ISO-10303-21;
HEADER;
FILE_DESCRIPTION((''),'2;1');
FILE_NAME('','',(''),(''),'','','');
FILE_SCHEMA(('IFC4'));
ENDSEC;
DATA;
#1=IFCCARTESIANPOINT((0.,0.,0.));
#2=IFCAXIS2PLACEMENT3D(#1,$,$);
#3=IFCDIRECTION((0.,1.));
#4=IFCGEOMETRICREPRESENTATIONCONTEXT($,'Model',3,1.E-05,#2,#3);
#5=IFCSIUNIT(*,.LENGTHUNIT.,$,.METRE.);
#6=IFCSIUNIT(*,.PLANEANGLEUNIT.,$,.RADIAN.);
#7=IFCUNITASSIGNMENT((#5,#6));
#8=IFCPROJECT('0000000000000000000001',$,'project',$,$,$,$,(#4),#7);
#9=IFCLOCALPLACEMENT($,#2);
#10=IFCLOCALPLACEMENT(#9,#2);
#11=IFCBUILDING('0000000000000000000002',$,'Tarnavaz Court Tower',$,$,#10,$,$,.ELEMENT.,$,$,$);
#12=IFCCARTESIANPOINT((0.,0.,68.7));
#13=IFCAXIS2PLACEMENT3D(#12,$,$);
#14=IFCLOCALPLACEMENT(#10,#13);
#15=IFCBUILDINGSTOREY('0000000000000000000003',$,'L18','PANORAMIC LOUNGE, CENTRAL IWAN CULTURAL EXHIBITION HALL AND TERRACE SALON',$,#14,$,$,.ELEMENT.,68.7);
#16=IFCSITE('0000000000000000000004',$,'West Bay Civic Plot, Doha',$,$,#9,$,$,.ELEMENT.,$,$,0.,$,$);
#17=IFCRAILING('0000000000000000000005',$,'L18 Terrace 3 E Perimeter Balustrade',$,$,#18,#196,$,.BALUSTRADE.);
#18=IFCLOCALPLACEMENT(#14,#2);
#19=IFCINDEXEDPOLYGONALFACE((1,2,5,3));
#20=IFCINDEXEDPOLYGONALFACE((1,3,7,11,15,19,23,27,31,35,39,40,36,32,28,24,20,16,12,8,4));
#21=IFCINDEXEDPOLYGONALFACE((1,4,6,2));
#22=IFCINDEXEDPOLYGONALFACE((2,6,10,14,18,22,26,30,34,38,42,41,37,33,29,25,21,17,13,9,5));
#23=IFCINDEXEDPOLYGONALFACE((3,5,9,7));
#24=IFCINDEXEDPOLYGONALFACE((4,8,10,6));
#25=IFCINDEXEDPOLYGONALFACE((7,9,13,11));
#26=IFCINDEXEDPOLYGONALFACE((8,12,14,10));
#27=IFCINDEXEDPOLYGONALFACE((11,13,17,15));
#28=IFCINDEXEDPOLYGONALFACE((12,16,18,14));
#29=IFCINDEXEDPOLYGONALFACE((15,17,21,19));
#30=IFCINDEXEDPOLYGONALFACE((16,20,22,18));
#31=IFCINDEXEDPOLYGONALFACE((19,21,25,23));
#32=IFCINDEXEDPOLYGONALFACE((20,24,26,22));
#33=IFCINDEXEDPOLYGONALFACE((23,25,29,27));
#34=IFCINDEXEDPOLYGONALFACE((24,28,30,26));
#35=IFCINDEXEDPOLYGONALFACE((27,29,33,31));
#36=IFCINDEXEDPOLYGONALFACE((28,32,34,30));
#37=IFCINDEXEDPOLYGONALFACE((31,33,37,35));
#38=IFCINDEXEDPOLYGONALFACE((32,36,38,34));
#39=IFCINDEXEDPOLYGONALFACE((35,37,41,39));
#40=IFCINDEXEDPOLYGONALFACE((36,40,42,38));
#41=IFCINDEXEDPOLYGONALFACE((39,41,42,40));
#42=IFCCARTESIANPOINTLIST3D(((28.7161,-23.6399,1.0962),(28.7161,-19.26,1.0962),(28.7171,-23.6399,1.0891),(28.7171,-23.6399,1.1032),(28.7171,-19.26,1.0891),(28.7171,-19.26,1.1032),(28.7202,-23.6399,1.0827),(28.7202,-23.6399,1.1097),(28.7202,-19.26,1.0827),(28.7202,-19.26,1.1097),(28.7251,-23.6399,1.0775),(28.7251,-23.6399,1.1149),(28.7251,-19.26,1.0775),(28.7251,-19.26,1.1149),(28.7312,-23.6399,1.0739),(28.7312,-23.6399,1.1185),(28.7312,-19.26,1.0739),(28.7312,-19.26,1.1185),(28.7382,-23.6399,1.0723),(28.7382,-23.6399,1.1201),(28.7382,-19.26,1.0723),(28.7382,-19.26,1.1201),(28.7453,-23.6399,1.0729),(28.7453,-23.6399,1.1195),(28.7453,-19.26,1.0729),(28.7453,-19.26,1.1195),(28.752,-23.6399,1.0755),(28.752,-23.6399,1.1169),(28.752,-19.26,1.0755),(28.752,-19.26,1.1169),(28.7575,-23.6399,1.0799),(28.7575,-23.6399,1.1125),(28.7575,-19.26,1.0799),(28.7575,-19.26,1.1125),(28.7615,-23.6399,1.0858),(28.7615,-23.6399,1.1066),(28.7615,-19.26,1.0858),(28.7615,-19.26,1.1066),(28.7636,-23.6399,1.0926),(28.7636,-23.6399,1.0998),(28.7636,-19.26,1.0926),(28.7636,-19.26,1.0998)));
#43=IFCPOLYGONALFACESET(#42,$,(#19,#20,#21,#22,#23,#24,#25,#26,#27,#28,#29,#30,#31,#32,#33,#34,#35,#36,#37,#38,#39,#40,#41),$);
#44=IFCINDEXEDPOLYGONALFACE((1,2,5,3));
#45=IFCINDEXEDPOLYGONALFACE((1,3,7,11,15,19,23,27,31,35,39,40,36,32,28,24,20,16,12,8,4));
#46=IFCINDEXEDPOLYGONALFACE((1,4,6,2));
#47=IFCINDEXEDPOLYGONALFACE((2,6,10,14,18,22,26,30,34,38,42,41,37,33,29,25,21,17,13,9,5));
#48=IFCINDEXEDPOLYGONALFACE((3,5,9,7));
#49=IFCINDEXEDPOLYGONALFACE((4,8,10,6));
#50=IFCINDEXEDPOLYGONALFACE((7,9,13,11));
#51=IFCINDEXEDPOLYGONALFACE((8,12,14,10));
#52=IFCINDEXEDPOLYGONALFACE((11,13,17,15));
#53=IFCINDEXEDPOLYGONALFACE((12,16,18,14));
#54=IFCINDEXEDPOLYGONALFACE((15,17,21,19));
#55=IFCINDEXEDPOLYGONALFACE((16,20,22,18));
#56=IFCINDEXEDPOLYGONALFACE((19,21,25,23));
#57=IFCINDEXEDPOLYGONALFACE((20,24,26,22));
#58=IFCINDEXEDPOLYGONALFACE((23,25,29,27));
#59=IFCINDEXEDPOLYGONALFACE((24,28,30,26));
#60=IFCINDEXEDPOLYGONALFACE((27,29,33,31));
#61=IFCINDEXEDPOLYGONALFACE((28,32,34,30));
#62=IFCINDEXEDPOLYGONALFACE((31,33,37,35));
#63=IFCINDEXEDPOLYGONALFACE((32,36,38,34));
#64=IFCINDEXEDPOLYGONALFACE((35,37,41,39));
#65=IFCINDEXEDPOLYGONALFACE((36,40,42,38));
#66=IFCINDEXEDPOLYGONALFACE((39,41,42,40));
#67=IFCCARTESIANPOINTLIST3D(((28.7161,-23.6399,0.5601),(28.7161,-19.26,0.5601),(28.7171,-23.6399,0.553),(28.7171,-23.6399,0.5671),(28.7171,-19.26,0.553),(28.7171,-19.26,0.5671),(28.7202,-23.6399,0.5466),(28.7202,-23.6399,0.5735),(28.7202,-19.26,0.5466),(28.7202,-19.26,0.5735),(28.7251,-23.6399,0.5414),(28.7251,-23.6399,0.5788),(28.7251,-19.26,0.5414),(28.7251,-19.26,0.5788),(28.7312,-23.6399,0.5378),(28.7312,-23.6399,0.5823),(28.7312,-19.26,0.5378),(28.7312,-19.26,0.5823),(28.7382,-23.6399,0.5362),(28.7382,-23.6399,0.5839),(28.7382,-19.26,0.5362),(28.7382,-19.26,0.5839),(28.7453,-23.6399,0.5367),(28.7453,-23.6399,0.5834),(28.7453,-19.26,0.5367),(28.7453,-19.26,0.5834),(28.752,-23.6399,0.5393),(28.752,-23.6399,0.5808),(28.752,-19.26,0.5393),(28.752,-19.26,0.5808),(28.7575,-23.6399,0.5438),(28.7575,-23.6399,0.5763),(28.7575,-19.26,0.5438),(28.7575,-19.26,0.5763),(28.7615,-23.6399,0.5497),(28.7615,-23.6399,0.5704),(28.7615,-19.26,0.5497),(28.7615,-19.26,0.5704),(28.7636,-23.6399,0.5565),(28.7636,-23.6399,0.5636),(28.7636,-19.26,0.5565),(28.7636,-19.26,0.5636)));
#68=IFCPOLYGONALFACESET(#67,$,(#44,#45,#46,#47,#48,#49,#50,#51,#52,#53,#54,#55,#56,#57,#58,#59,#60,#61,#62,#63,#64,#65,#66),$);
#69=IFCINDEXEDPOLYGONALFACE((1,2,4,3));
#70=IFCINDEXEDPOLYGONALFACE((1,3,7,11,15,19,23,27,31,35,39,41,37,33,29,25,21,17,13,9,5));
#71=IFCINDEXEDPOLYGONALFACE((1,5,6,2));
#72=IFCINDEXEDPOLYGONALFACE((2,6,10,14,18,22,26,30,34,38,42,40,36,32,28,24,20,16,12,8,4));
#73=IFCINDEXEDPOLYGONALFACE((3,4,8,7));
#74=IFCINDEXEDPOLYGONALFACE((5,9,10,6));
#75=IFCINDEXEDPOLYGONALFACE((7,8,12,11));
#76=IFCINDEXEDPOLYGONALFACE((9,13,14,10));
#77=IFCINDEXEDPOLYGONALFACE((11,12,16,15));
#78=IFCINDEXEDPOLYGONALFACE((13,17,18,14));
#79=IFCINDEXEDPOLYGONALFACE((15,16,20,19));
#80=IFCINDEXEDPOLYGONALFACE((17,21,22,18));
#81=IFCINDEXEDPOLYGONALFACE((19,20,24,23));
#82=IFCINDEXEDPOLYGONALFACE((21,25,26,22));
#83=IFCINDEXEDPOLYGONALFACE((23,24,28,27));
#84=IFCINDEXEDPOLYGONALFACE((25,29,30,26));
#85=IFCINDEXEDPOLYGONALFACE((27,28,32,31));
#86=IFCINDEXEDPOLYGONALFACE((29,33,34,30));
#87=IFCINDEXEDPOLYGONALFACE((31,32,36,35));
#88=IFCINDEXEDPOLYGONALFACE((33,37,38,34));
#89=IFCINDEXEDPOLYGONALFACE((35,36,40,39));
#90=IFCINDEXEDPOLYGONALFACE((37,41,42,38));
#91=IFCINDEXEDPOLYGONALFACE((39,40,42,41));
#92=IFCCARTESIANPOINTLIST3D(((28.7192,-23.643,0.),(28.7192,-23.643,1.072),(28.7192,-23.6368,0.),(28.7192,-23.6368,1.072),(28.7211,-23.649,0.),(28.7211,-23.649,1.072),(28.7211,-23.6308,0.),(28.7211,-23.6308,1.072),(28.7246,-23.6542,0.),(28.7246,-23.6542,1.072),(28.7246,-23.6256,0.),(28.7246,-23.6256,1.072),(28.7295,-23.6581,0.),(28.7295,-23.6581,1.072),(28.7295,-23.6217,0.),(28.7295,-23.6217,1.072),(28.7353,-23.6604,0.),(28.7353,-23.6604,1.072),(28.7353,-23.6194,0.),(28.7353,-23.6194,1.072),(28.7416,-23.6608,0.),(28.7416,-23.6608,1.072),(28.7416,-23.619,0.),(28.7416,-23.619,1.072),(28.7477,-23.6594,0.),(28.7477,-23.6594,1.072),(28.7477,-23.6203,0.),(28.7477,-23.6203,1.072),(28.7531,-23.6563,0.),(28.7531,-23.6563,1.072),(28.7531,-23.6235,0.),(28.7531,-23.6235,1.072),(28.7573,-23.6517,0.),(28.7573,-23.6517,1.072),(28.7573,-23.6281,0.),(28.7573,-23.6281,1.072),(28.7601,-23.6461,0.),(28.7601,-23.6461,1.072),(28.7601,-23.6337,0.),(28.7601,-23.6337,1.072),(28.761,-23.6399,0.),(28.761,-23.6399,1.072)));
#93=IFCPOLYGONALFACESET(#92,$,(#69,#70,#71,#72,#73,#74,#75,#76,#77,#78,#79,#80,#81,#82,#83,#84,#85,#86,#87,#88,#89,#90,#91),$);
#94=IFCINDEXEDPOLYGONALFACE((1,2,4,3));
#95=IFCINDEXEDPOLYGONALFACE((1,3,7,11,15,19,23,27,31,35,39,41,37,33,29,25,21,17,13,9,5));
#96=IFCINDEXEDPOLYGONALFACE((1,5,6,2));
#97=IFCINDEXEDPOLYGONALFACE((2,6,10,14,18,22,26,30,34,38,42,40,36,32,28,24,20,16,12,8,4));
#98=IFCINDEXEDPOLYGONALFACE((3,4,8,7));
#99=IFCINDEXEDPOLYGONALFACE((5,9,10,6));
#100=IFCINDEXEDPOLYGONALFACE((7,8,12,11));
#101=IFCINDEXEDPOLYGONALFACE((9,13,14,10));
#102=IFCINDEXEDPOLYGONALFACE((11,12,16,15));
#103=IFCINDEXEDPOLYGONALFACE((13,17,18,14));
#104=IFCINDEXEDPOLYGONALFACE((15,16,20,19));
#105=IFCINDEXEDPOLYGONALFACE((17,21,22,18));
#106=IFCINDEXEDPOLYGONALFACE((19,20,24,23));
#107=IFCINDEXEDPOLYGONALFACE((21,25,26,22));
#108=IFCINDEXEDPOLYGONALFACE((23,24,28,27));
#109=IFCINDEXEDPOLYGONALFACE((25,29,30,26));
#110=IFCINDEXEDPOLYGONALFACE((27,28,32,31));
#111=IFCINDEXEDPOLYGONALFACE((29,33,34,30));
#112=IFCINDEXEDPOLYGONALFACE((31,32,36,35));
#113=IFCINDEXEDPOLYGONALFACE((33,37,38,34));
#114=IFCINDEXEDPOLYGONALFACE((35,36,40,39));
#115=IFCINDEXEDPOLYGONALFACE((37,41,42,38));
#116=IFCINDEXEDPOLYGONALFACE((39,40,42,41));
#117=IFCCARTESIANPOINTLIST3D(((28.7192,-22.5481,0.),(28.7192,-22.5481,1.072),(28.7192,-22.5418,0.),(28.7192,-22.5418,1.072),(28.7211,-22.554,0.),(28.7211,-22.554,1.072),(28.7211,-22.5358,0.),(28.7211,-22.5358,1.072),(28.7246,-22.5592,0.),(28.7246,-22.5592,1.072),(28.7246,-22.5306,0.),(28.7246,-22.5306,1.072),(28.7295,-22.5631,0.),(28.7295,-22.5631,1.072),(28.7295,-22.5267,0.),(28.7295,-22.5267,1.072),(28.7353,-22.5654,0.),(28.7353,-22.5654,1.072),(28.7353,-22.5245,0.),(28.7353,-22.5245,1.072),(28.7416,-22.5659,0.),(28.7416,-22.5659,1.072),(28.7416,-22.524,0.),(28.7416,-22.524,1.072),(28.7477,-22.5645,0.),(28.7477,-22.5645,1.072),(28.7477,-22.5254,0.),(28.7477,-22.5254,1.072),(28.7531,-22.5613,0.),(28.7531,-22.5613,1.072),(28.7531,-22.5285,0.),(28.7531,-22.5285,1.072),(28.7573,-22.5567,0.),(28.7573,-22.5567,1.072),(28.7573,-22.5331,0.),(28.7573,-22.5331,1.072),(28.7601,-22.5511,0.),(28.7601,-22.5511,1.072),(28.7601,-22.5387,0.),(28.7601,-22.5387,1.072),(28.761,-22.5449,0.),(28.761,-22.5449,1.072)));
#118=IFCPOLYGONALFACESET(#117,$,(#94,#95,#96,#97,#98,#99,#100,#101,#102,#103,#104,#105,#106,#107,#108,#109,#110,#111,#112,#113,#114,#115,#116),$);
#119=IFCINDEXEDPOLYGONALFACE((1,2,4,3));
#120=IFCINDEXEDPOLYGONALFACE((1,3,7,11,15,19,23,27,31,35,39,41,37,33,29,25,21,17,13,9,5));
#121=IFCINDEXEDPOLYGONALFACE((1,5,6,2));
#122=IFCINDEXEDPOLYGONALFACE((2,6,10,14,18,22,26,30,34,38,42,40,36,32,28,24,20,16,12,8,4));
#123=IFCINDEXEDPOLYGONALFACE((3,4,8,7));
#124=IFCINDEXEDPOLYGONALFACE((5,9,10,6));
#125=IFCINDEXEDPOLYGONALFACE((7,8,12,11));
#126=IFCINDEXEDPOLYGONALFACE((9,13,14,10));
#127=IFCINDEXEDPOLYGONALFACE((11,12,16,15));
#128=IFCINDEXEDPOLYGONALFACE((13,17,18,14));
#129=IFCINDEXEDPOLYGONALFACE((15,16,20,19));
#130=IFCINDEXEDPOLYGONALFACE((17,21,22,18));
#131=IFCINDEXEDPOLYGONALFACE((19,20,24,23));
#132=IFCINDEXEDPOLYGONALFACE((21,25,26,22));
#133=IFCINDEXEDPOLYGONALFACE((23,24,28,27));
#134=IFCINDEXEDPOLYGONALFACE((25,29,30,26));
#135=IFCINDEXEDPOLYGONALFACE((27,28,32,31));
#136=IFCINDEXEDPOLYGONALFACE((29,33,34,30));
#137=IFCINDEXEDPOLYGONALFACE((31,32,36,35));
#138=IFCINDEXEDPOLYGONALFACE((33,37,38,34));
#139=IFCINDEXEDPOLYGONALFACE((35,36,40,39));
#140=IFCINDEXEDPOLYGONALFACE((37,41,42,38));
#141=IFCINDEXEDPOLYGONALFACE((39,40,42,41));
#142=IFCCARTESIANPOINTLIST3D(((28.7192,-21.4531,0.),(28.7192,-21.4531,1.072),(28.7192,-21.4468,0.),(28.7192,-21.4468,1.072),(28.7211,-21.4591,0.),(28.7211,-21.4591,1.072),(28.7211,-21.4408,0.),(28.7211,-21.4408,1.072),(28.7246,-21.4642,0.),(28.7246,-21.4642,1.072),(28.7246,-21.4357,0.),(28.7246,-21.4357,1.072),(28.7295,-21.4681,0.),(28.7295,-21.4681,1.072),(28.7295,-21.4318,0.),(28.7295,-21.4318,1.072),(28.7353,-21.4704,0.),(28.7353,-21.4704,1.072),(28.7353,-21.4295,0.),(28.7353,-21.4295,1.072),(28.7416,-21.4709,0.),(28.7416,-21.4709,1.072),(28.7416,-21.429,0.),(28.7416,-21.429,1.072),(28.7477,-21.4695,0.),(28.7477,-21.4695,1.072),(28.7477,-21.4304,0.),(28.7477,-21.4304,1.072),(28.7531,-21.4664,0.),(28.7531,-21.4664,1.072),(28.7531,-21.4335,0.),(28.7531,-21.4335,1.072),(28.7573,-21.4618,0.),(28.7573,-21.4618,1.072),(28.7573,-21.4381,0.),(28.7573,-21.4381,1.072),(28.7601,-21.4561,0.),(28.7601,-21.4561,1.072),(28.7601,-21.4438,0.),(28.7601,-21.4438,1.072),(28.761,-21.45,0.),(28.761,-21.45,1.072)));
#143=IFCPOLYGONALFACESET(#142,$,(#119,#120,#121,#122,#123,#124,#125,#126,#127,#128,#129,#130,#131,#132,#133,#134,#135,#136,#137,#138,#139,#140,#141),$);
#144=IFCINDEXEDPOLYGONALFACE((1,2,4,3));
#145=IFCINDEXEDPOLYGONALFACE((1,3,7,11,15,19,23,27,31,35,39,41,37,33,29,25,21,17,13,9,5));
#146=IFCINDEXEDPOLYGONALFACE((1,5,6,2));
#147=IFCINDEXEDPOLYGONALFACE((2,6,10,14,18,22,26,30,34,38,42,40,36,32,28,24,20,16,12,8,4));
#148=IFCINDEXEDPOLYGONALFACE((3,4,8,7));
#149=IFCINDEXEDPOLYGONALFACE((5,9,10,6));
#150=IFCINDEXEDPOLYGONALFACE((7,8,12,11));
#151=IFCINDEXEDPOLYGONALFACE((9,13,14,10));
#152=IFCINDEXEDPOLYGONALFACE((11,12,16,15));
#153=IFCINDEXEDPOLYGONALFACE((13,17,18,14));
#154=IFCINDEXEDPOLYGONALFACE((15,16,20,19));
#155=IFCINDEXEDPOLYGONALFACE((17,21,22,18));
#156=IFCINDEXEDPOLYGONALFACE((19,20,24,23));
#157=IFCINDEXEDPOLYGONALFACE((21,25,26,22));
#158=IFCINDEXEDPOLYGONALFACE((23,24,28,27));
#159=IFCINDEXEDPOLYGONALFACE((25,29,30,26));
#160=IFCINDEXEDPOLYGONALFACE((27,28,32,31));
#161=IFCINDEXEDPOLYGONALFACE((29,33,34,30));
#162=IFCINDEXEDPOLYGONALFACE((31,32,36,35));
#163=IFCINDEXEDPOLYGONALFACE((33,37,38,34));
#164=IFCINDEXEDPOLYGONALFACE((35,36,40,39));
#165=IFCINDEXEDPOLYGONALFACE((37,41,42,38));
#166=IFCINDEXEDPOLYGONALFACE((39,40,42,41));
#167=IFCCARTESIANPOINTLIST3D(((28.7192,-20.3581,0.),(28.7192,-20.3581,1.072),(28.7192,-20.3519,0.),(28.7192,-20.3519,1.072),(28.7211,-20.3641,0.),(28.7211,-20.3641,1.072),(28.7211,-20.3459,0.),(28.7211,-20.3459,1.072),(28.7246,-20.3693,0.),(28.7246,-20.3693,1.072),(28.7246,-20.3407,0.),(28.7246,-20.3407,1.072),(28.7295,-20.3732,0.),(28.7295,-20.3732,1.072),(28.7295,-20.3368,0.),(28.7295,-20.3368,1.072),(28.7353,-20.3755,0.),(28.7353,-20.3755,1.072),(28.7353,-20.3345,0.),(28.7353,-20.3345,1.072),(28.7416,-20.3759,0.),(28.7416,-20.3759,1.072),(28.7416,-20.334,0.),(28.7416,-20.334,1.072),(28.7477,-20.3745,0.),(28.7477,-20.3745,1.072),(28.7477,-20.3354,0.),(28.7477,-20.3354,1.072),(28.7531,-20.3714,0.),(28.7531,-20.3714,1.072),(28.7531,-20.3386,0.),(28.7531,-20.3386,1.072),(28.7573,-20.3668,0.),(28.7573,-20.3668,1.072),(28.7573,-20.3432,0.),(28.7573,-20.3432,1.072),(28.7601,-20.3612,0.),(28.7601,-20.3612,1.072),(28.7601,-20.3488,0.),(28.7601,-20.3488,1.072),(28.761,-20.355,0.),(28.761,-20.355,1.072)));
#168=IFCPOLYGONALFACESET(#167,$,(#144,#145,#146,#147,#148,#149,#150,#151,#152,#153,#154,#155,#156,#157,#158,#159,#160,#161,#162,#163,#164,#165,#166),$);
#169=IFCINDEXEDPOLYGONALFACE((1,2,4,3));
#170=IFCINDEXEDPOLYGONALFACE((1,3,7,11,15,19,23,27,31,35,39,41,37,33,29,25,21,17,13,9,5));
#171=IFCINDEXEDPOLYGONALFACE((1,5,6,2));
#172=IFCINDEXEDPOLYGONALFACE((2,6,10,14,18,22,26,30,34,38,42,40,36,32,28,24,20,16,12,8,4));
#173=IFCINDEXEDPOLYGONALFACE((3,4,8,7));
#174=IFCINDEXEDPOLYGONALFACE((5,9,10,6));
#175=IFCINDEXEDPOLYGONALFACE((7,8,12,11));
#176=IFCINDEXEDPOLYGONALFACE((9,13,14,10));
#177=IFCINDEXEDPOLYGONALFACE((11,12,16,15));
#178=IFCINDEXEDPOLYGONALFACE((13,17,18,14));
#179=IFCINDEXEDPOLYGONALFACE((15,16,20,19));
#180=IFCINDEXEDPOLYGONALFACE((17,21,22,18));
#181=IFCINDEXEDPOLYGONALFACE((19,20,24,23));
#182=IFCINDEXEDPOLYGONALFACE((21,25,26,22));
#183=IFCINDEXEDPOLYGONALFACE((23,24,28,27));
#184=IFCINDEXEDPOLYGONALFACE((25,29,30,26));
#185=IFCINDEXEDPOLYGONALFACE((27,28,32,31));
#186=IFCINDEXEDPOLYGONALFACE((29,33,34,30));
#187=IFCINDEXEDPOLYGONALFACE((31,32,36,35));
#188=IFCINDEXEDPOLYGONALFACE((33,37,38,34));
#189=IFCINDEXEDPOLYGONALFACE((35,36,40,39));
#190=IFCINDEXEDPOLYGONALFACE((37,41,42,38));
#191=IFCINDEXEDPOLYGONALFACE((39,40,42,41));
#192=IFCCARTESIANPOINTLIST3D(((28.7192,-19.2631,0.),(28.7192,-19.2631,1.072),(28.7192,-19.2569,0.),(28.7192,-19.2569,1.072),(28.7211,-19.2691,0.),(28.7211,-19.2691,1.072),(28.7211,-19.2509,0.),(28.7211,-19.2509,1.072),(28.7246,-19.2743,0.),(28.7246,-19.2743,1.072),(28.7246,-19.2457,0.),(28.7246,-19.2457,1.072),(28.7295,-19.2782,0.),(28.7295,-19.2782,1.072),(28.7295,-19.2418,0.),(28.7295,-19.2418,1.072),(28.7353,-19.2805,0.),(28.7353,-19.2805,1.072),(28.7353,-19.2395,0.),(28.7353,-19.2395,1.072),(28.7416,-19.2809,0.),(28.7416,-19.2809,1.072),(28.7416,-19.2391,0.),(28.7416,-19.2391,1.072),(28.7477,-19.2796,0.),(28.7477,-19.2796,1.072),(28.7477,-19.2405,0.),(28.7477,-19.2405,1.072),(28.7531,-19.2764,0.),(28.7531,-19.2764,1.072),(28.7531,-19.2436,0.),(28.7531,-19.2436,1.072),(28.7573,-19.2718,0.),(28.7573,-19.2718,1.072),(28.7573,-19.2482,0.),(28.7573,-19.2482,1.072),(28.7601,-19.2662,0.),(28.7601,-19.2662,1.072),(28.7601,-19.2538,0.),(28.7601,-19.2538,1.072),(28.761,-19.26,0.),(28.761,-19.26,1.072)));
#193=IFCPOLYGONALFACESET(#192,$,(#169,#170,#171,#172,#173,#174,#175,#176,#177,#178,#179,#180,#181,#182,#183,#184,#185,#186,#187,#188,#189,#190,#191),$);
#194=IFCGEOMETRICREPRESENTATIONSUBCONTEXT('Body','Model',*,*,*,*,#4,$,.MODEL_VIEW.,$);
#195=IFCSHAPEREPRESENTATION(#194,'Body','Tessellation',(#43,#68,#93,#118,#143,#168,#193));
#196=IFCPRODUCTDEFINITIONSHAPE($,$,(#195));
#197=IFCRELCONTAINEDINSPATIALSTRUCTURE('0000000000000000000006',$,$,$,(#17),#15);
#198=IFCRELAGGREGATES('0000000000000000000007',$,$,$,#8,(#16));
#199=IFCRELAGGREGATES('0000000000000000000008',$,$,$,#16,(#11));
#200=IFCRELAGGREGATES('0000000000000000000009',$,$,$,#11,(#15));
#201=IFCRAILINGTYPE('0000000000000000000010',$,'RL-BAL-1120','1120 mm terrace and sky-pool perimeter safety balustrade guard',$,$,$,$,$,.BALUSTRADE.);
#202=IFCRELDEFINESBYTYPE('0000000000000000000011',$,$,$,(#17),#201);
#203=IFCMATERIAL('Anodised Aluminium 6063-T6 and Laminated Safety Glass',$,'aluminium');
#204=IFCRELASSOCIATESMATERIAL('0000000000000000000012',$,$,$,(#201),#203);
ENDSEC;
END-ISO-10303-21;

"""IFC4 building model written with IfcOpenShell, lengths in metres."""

from ifc_helpers import new_model, si_unit, direction, frame, origin, origin_2d, place, context, subcontext, project, spatial, circle, extrude, material, type_object, element, save


model = new_model("IFC4")

# Units and contexts
model_context = context("Model", 3, precision=1e-05, world=origin(), true_north=direction((0.0, 1.0)))
body_context = subcontext(model_context, "Body", "Model", "MODEL_VIEW")
ifc_project = project(units=[si_unit("LENGTHUNIT", "METRE"), si_unit("PLANEANGLEUNIT", "RADIAN")], contexts=[model_context])

# Site, building, storey
site_placement = place(None, origin())
site = spatial("IfcSite", under=ifc_project, at=site_placement, Name="West Bay Civic Plot, Doha", CompositionType="ELEMENT", RefElevation=0.0)
building_placement = place(site_placement, origin())
building = spatial("IfcBuilding", under=site, at=building_placement, Name="Tarnavaz Court Tower", CompositionType="ELEMENT")
storey_placement = place(building_placement, frame((0.0, 0.0, 68.7)))
storey = spatial("IfcBuildingStorey", under=building, at=storey_placement, Name="L18", Description="PANORAMIC LOUNGE, CENTRAL IWAN CULTURAL EXHIBITION HALL AND TERRACE SALON", CompositionType="ELEMENT", Elevation=68.7)

# Railing
ifc_material_1 = material(Name="Anodised Aluminium 6063-T6 and Laminated Safety Glass", Category="aluminium")
railing_type = type_object("IfcRailingType", Name="RL-BAL-1120", Description="1120 mm terrace and sky-pool perimeter safety balustrade guard", PredefinedType="BALUSTRADE", material=ifc_material_1)
railing_1_placement = place(storey_placement, frame((28.74, -23.6399, 0.0)))
element("IfcRailing", 1, at=railing_1_placement, inside=storey, type_object=railing_type, Name="L18 Terrace 3 E Perimeter Balustrade", PredefinedType="BALUSTRADE", context=body_context, shape_type="SweptSolid", body=[
    extrude(circle(Radius=0.0239, at=origin_2d()), frame((0.0, 0.0, 1.0962), z_axis=(0.0, 1.0, 0.0), x_axis=(-1.0, 0.0, 0.0)), (0.0, 0.0, 1.0), 4.3799),
    extrude(circle(Radius=0.0239, at=origin_2d()), frame((0.0, 0.0, 0.5601), z_axis=(0.0, 1.0, 0.0), x_axis=(-1.0, 0.0, 0.0)), (0.0, 0.0, 1.0), 4.3799),
    extrude(circle(Radius=0.021, at=origin_2d()), origin(), (0.0, 0.0, 1.0), 1.072),
    extrude(circle(Radius=0.021, at=origin_2d()), frame((0.0, 1.095, 0.0)), (0.0, 0.0, 1.0), 1.072),
    extrude(circle(Radius=0.021, at=origin_2d()), frame((0.0, 2.1899, 0.0)), (0.0, 0.0, 1.0), 1.072),
    extrude(circle(Radius=0.021, at=origin_2d()), frame((0.0, 3.2849, 0.0)), (0.0, 0.0, 1.0), 1.072),
    extrude(circle(Radius=0.021, at=origin_2d()), frame((0.0, 4.3799, 0.0)), (0.0, 0.0, 1.0), 1.072),
])

save(model, "model.ifc")
